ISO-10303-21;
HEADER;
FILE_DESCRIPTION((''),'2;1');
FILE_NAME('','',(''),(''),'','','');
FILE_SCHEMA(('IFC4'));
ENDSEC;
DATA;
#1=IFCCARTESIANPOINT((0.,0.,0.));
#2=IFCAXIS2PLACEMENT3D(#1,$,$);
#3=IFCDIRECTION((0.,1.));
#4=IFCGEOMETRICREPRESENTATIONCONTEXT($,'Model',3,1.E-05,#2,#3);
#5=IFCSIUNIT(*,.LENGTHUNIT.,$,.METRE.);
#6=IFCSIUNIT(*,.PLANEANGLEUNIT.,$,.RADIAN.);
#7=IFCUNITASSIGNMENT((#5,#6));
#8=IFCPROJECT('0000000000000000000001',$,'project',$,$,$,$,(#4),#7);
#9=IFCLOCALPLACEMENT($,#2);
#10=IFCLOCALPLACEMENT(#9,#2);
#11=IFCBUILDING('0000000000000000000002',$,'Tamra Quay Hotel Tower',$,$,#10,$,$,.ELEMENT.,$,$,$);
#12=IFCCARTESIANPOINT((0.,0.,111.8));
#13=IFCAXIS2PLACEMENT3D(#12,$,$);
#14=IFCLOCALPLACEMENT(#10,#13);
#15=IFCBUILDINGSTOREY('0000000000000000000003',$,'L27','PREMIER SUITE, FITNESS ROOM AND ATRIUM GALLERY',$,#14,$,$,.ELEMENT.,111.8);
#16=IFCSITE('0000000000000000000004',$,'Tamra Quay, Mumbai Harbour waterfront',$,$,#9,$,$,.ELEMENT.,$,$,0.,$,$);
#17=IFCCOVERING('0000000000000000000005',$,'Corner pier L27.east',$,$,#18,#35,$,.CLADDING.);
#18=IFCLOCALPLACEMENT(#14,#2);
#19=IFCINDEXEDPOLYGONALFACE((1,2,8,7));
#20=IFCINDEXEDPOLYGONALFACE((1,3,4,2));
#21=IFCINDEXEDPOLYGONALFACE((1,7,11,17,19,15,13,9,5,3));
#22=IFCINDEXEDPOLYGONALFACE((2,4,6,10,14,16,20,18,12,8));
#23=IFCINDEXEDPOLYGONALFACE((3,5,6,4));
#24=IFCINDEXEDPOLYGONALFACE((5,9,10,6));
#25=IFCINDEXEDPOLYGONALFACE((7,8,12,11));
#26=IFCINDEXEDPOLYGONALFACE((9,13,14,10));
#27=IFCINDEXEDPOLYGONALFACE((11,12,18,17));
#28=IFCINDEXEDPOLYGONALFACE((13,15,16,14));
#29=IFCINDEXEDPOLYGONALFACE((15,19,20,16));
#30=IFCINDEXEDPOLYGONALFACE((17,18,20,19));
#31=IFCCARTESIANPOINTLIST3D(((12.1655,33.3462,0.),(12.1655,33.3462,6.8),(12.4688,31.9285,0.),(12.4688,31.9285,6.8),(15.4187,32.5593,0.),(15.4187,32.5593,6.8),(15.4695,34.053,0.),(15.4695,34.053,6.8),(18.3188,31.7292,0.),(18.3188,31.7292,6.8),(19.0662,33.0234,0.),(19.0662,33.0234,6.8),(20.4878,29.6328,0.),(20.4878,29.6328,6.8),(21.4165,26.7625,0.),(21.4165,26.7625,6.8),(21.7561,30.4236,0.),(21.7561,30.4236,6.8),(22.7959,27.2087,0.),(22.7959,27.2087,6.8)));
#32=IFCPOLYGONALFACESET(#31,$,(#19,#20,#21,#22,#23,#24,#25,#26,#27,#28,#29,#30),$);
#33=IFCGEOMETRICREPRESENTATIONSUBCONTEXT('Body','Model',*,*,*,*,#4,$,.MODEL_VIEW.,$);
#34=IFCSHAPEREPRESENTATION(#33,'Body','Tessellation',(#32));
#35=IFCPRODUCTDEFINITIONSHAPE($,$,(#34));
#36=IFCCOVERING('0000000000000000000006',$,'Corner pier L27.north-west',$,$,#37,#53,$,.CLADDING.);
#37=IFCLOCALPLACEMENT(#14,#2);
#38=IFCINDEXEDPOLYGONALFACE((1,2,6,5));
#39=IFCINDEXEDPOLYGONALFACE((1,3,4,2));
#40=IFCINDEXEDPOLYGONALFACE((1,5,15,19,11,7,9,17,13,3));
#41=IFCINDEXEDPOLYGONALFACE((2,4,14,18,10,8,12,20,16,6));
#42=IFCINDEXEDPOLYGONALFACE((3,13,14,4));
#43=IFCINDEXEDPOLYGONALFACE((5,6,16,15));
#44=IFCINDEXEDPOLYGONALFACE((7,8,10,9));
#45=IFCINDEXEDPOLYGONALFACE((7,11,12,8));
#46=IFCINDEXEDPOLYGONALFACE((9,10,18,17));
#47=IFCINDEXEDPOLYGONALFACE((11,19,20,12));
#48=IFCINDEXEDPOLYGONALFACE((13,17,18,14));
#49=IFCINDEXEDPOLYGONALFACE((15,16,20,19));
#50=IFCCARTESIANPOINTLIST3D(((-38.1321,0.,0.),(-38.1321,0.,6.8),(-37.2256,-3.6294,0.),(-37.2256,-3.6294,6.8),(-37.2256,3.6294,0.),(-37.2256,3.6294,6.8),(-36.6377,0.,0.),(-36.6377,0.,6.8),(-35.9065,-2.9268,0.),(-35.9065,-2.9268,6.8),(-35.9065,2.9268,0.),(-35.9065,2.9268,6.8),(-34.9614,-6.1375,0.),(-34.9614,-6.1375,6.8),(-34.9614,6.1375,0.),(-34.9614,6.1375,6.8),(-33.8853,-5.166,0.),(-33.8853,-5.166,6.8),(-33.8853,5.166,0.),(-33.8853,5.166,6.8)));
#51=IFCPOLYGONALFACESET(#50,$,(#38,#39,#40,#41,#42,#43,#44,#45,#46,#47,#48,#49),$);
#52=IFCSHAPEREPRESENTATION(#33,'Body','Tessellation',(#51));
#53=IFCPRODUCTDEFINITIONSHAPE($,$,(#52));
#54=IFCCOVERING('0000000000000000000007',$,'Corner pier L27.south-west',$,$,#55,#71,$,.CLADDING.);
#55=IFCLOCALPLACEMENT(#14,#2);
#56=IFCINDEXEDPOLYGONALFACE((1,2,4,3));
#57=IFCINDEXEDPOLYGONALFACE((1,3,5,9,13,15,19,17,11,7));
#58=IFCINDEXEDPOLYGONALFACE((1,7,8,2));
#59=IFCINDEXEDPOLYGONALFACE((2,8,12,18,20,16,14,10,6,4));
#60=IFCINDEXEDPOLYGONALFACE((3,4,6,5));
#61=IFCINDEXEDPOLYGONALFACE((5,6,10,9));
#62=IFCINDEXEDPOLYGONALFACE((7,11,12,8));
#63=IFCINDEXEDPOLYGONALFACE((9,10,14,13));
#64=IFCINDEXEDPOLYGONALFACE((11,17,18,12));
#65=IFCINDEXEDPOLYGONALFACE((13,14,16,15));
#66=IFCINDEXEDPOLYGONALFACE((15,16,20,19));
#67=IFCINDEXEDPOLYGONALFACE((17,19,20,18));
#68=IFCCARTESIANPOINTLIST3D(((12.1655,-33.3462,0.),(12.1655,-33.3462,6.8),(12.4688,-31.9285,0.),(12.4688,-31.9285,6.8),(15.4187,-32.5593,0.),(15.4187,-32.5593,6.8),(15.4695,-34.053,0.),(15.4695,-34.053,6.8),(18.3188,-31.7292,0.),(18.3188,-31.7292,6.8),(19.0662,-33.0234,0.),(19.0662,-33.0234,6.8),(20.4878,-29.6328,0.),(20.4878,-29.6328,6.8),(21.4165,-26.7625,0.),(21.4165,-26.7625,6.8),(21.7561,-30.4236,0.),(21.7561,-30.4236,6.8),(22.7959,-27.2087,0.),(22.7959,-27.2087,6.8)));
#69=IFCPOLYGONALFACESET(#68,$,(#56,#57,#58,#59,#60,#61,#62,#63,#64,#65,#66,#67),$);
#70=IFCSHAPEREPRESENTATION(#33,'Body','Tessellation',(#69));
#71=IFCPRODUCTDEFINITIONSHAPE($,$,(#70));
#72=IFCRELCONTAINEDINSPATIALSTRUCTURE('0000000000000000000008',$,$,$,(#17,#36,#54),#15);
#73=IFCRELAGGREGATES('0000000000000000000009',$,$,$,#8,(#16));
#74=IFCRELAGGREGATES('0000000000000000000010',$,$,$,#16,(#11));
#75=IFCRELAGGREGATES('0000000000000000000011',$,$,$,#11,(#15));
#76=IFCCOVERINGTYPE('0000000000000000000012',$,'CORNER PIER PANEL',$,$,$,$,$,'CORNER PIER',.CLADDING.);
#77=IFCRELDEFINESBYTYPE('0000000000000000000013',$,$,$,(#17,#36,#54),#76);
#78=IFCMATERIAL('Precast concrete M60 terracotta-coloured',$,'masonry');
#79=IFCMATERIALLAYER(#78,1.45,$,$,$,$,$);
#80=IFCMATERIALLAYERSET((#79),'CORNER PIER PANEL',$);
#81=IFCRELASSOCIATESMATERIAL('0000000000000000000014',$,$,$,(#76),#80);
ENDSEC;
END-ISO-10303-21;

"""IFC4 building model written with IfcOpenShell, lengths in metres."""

from ifc_helpers import new_model, si_unit, direction, frame, origin, place, context, subcontext, project, spatial, polyline, outline, extrude, material, layer, layer_set, type_object, element, save


model = new_model("IFC4")

# Units and contexts
model_context = context("Model", 3, precision=1e-05, world=origin(), true_north=direction((0.0, 1.0)))
body_context = subcontext(model_context, "Body", "Model", "MODEL_VIEW")
ifc_project = project(units=[si_unit("LENGTHUNIT", "METRE"), si_unit("PLANEANGLEUNIT", "RADIAN")], contexts=[model_context])

# Site, building, storey
site_placement = place(None, origin())
site = spatial("IfcSite", under=ifc_project, at=site_placement, Name="Tamra Quay, Mumbai Harbour waterfront", CompositionType="ELEMENT", RefElevation=0.0)
building_placement = place(site_placement, origin())
building = spatial("IfcBuilding", under=site, at=building_placement, Name="Tamra Quay Hotel Tower", CompositionType="ELEMENT")
storey_placement = place(building_placement, frame((0.0, 0.0, 111.8)))
storey = spatial("IfcBuildingStorey", under=building, at=storey_placement, Name="L27", Description="PREMIER SUITE, FITNESS ROOM AND ATRIUM GALLERY", CompositionType="ELEMENT", Elevation=111.8)

# Coverings
ifc_material_1 = material(Name="Precast concrete M60 terracotta-coloured", Category="masonry")
ifc_layer_1 = layer(ifc_material_1, 1.45)
ifc_layer_set_1 = layer_set([ifc_layer_1], Name="CORNER PIER PANEL")
covering_type = type_object("IfcCoveringType", Name="CORNER PIER PANEL", ElementType="CORNER PIER", PredefinedType="CLADDING", material=ifc_layer_set_1)
covering_1_placement = place(storey_placement, origin())
element("IfcCovering", 1, at=covering_1_placement, inside=storey, type_object=covering_type, Name="Corner pier L27.east", PredefinedType="CLADDING", context=body_context, shape_type="SweptSolid", body=[
    extrude(outline(polyline([(21.4165, 26.7625), (22.7959, 27.2087), (21.7561, 30.4236), (19.0662, 33.0234), (15.4695, 34.053), (12.1655, 33.3462), (12.4688, 31.9285), (15.4187, 32.5593), (18.3188, 31.7292), (20.4878, 29.6328), (21.4165, 26.7625)])), origin(), (0.0, 0.0, 1.0), 6.8),
])
covering_2_placement = place(storey_placement, origin())
element("IfcCovering", 2, at=covering_2_placement, inside=storey, type_object=covering_type, Name="Corner pier L27.north-west", PredefinedType="CLADDING", context=body_context, shape_type="SweptSolid", body=[
    extrude(outline(polyline([(-33.8853, 5.166), (-34.9614, 6.1375), (-37.2256, 3.6294), (-38.1321, 0.0), (-37.2256, -3.6294), (-34.9614, -6.1375), (-33.8853, -5.166), (-35.9065, -2.9268), (-36.6377, 0.0), (-35.9065, 2.9268), (-33.8853, 5.166)])), origin(), (0.0, 0.0, 1.0), 6.8),
])
covering_3_placement = place(storey_placement, origin())
element("IfcCovering", 3, at=covering_3_placement, inside=storey, type_object=covering_type, Name="Corner pier L27.south-west", PredefinedType="CLADDING", context=body_context, shape_type="SweptSolid", body=[
    extrude(outline(polyline([(12.4688, -31.9285), (12.1655, -33.3462), (15.4695, -34.053), (19.0662, -33.0234), (21.7561, -30.4236), (22.7959, -27.2087), (21.4165, -26.7625), (20.4878, -29.6328), (18.3188, -31.7292), (15.4187, -32.5593), (12.4688, -31.9285)])), origin(), (0.0, 0.0, 1.0), 6.8),
])

save(model, "model.ifc")
